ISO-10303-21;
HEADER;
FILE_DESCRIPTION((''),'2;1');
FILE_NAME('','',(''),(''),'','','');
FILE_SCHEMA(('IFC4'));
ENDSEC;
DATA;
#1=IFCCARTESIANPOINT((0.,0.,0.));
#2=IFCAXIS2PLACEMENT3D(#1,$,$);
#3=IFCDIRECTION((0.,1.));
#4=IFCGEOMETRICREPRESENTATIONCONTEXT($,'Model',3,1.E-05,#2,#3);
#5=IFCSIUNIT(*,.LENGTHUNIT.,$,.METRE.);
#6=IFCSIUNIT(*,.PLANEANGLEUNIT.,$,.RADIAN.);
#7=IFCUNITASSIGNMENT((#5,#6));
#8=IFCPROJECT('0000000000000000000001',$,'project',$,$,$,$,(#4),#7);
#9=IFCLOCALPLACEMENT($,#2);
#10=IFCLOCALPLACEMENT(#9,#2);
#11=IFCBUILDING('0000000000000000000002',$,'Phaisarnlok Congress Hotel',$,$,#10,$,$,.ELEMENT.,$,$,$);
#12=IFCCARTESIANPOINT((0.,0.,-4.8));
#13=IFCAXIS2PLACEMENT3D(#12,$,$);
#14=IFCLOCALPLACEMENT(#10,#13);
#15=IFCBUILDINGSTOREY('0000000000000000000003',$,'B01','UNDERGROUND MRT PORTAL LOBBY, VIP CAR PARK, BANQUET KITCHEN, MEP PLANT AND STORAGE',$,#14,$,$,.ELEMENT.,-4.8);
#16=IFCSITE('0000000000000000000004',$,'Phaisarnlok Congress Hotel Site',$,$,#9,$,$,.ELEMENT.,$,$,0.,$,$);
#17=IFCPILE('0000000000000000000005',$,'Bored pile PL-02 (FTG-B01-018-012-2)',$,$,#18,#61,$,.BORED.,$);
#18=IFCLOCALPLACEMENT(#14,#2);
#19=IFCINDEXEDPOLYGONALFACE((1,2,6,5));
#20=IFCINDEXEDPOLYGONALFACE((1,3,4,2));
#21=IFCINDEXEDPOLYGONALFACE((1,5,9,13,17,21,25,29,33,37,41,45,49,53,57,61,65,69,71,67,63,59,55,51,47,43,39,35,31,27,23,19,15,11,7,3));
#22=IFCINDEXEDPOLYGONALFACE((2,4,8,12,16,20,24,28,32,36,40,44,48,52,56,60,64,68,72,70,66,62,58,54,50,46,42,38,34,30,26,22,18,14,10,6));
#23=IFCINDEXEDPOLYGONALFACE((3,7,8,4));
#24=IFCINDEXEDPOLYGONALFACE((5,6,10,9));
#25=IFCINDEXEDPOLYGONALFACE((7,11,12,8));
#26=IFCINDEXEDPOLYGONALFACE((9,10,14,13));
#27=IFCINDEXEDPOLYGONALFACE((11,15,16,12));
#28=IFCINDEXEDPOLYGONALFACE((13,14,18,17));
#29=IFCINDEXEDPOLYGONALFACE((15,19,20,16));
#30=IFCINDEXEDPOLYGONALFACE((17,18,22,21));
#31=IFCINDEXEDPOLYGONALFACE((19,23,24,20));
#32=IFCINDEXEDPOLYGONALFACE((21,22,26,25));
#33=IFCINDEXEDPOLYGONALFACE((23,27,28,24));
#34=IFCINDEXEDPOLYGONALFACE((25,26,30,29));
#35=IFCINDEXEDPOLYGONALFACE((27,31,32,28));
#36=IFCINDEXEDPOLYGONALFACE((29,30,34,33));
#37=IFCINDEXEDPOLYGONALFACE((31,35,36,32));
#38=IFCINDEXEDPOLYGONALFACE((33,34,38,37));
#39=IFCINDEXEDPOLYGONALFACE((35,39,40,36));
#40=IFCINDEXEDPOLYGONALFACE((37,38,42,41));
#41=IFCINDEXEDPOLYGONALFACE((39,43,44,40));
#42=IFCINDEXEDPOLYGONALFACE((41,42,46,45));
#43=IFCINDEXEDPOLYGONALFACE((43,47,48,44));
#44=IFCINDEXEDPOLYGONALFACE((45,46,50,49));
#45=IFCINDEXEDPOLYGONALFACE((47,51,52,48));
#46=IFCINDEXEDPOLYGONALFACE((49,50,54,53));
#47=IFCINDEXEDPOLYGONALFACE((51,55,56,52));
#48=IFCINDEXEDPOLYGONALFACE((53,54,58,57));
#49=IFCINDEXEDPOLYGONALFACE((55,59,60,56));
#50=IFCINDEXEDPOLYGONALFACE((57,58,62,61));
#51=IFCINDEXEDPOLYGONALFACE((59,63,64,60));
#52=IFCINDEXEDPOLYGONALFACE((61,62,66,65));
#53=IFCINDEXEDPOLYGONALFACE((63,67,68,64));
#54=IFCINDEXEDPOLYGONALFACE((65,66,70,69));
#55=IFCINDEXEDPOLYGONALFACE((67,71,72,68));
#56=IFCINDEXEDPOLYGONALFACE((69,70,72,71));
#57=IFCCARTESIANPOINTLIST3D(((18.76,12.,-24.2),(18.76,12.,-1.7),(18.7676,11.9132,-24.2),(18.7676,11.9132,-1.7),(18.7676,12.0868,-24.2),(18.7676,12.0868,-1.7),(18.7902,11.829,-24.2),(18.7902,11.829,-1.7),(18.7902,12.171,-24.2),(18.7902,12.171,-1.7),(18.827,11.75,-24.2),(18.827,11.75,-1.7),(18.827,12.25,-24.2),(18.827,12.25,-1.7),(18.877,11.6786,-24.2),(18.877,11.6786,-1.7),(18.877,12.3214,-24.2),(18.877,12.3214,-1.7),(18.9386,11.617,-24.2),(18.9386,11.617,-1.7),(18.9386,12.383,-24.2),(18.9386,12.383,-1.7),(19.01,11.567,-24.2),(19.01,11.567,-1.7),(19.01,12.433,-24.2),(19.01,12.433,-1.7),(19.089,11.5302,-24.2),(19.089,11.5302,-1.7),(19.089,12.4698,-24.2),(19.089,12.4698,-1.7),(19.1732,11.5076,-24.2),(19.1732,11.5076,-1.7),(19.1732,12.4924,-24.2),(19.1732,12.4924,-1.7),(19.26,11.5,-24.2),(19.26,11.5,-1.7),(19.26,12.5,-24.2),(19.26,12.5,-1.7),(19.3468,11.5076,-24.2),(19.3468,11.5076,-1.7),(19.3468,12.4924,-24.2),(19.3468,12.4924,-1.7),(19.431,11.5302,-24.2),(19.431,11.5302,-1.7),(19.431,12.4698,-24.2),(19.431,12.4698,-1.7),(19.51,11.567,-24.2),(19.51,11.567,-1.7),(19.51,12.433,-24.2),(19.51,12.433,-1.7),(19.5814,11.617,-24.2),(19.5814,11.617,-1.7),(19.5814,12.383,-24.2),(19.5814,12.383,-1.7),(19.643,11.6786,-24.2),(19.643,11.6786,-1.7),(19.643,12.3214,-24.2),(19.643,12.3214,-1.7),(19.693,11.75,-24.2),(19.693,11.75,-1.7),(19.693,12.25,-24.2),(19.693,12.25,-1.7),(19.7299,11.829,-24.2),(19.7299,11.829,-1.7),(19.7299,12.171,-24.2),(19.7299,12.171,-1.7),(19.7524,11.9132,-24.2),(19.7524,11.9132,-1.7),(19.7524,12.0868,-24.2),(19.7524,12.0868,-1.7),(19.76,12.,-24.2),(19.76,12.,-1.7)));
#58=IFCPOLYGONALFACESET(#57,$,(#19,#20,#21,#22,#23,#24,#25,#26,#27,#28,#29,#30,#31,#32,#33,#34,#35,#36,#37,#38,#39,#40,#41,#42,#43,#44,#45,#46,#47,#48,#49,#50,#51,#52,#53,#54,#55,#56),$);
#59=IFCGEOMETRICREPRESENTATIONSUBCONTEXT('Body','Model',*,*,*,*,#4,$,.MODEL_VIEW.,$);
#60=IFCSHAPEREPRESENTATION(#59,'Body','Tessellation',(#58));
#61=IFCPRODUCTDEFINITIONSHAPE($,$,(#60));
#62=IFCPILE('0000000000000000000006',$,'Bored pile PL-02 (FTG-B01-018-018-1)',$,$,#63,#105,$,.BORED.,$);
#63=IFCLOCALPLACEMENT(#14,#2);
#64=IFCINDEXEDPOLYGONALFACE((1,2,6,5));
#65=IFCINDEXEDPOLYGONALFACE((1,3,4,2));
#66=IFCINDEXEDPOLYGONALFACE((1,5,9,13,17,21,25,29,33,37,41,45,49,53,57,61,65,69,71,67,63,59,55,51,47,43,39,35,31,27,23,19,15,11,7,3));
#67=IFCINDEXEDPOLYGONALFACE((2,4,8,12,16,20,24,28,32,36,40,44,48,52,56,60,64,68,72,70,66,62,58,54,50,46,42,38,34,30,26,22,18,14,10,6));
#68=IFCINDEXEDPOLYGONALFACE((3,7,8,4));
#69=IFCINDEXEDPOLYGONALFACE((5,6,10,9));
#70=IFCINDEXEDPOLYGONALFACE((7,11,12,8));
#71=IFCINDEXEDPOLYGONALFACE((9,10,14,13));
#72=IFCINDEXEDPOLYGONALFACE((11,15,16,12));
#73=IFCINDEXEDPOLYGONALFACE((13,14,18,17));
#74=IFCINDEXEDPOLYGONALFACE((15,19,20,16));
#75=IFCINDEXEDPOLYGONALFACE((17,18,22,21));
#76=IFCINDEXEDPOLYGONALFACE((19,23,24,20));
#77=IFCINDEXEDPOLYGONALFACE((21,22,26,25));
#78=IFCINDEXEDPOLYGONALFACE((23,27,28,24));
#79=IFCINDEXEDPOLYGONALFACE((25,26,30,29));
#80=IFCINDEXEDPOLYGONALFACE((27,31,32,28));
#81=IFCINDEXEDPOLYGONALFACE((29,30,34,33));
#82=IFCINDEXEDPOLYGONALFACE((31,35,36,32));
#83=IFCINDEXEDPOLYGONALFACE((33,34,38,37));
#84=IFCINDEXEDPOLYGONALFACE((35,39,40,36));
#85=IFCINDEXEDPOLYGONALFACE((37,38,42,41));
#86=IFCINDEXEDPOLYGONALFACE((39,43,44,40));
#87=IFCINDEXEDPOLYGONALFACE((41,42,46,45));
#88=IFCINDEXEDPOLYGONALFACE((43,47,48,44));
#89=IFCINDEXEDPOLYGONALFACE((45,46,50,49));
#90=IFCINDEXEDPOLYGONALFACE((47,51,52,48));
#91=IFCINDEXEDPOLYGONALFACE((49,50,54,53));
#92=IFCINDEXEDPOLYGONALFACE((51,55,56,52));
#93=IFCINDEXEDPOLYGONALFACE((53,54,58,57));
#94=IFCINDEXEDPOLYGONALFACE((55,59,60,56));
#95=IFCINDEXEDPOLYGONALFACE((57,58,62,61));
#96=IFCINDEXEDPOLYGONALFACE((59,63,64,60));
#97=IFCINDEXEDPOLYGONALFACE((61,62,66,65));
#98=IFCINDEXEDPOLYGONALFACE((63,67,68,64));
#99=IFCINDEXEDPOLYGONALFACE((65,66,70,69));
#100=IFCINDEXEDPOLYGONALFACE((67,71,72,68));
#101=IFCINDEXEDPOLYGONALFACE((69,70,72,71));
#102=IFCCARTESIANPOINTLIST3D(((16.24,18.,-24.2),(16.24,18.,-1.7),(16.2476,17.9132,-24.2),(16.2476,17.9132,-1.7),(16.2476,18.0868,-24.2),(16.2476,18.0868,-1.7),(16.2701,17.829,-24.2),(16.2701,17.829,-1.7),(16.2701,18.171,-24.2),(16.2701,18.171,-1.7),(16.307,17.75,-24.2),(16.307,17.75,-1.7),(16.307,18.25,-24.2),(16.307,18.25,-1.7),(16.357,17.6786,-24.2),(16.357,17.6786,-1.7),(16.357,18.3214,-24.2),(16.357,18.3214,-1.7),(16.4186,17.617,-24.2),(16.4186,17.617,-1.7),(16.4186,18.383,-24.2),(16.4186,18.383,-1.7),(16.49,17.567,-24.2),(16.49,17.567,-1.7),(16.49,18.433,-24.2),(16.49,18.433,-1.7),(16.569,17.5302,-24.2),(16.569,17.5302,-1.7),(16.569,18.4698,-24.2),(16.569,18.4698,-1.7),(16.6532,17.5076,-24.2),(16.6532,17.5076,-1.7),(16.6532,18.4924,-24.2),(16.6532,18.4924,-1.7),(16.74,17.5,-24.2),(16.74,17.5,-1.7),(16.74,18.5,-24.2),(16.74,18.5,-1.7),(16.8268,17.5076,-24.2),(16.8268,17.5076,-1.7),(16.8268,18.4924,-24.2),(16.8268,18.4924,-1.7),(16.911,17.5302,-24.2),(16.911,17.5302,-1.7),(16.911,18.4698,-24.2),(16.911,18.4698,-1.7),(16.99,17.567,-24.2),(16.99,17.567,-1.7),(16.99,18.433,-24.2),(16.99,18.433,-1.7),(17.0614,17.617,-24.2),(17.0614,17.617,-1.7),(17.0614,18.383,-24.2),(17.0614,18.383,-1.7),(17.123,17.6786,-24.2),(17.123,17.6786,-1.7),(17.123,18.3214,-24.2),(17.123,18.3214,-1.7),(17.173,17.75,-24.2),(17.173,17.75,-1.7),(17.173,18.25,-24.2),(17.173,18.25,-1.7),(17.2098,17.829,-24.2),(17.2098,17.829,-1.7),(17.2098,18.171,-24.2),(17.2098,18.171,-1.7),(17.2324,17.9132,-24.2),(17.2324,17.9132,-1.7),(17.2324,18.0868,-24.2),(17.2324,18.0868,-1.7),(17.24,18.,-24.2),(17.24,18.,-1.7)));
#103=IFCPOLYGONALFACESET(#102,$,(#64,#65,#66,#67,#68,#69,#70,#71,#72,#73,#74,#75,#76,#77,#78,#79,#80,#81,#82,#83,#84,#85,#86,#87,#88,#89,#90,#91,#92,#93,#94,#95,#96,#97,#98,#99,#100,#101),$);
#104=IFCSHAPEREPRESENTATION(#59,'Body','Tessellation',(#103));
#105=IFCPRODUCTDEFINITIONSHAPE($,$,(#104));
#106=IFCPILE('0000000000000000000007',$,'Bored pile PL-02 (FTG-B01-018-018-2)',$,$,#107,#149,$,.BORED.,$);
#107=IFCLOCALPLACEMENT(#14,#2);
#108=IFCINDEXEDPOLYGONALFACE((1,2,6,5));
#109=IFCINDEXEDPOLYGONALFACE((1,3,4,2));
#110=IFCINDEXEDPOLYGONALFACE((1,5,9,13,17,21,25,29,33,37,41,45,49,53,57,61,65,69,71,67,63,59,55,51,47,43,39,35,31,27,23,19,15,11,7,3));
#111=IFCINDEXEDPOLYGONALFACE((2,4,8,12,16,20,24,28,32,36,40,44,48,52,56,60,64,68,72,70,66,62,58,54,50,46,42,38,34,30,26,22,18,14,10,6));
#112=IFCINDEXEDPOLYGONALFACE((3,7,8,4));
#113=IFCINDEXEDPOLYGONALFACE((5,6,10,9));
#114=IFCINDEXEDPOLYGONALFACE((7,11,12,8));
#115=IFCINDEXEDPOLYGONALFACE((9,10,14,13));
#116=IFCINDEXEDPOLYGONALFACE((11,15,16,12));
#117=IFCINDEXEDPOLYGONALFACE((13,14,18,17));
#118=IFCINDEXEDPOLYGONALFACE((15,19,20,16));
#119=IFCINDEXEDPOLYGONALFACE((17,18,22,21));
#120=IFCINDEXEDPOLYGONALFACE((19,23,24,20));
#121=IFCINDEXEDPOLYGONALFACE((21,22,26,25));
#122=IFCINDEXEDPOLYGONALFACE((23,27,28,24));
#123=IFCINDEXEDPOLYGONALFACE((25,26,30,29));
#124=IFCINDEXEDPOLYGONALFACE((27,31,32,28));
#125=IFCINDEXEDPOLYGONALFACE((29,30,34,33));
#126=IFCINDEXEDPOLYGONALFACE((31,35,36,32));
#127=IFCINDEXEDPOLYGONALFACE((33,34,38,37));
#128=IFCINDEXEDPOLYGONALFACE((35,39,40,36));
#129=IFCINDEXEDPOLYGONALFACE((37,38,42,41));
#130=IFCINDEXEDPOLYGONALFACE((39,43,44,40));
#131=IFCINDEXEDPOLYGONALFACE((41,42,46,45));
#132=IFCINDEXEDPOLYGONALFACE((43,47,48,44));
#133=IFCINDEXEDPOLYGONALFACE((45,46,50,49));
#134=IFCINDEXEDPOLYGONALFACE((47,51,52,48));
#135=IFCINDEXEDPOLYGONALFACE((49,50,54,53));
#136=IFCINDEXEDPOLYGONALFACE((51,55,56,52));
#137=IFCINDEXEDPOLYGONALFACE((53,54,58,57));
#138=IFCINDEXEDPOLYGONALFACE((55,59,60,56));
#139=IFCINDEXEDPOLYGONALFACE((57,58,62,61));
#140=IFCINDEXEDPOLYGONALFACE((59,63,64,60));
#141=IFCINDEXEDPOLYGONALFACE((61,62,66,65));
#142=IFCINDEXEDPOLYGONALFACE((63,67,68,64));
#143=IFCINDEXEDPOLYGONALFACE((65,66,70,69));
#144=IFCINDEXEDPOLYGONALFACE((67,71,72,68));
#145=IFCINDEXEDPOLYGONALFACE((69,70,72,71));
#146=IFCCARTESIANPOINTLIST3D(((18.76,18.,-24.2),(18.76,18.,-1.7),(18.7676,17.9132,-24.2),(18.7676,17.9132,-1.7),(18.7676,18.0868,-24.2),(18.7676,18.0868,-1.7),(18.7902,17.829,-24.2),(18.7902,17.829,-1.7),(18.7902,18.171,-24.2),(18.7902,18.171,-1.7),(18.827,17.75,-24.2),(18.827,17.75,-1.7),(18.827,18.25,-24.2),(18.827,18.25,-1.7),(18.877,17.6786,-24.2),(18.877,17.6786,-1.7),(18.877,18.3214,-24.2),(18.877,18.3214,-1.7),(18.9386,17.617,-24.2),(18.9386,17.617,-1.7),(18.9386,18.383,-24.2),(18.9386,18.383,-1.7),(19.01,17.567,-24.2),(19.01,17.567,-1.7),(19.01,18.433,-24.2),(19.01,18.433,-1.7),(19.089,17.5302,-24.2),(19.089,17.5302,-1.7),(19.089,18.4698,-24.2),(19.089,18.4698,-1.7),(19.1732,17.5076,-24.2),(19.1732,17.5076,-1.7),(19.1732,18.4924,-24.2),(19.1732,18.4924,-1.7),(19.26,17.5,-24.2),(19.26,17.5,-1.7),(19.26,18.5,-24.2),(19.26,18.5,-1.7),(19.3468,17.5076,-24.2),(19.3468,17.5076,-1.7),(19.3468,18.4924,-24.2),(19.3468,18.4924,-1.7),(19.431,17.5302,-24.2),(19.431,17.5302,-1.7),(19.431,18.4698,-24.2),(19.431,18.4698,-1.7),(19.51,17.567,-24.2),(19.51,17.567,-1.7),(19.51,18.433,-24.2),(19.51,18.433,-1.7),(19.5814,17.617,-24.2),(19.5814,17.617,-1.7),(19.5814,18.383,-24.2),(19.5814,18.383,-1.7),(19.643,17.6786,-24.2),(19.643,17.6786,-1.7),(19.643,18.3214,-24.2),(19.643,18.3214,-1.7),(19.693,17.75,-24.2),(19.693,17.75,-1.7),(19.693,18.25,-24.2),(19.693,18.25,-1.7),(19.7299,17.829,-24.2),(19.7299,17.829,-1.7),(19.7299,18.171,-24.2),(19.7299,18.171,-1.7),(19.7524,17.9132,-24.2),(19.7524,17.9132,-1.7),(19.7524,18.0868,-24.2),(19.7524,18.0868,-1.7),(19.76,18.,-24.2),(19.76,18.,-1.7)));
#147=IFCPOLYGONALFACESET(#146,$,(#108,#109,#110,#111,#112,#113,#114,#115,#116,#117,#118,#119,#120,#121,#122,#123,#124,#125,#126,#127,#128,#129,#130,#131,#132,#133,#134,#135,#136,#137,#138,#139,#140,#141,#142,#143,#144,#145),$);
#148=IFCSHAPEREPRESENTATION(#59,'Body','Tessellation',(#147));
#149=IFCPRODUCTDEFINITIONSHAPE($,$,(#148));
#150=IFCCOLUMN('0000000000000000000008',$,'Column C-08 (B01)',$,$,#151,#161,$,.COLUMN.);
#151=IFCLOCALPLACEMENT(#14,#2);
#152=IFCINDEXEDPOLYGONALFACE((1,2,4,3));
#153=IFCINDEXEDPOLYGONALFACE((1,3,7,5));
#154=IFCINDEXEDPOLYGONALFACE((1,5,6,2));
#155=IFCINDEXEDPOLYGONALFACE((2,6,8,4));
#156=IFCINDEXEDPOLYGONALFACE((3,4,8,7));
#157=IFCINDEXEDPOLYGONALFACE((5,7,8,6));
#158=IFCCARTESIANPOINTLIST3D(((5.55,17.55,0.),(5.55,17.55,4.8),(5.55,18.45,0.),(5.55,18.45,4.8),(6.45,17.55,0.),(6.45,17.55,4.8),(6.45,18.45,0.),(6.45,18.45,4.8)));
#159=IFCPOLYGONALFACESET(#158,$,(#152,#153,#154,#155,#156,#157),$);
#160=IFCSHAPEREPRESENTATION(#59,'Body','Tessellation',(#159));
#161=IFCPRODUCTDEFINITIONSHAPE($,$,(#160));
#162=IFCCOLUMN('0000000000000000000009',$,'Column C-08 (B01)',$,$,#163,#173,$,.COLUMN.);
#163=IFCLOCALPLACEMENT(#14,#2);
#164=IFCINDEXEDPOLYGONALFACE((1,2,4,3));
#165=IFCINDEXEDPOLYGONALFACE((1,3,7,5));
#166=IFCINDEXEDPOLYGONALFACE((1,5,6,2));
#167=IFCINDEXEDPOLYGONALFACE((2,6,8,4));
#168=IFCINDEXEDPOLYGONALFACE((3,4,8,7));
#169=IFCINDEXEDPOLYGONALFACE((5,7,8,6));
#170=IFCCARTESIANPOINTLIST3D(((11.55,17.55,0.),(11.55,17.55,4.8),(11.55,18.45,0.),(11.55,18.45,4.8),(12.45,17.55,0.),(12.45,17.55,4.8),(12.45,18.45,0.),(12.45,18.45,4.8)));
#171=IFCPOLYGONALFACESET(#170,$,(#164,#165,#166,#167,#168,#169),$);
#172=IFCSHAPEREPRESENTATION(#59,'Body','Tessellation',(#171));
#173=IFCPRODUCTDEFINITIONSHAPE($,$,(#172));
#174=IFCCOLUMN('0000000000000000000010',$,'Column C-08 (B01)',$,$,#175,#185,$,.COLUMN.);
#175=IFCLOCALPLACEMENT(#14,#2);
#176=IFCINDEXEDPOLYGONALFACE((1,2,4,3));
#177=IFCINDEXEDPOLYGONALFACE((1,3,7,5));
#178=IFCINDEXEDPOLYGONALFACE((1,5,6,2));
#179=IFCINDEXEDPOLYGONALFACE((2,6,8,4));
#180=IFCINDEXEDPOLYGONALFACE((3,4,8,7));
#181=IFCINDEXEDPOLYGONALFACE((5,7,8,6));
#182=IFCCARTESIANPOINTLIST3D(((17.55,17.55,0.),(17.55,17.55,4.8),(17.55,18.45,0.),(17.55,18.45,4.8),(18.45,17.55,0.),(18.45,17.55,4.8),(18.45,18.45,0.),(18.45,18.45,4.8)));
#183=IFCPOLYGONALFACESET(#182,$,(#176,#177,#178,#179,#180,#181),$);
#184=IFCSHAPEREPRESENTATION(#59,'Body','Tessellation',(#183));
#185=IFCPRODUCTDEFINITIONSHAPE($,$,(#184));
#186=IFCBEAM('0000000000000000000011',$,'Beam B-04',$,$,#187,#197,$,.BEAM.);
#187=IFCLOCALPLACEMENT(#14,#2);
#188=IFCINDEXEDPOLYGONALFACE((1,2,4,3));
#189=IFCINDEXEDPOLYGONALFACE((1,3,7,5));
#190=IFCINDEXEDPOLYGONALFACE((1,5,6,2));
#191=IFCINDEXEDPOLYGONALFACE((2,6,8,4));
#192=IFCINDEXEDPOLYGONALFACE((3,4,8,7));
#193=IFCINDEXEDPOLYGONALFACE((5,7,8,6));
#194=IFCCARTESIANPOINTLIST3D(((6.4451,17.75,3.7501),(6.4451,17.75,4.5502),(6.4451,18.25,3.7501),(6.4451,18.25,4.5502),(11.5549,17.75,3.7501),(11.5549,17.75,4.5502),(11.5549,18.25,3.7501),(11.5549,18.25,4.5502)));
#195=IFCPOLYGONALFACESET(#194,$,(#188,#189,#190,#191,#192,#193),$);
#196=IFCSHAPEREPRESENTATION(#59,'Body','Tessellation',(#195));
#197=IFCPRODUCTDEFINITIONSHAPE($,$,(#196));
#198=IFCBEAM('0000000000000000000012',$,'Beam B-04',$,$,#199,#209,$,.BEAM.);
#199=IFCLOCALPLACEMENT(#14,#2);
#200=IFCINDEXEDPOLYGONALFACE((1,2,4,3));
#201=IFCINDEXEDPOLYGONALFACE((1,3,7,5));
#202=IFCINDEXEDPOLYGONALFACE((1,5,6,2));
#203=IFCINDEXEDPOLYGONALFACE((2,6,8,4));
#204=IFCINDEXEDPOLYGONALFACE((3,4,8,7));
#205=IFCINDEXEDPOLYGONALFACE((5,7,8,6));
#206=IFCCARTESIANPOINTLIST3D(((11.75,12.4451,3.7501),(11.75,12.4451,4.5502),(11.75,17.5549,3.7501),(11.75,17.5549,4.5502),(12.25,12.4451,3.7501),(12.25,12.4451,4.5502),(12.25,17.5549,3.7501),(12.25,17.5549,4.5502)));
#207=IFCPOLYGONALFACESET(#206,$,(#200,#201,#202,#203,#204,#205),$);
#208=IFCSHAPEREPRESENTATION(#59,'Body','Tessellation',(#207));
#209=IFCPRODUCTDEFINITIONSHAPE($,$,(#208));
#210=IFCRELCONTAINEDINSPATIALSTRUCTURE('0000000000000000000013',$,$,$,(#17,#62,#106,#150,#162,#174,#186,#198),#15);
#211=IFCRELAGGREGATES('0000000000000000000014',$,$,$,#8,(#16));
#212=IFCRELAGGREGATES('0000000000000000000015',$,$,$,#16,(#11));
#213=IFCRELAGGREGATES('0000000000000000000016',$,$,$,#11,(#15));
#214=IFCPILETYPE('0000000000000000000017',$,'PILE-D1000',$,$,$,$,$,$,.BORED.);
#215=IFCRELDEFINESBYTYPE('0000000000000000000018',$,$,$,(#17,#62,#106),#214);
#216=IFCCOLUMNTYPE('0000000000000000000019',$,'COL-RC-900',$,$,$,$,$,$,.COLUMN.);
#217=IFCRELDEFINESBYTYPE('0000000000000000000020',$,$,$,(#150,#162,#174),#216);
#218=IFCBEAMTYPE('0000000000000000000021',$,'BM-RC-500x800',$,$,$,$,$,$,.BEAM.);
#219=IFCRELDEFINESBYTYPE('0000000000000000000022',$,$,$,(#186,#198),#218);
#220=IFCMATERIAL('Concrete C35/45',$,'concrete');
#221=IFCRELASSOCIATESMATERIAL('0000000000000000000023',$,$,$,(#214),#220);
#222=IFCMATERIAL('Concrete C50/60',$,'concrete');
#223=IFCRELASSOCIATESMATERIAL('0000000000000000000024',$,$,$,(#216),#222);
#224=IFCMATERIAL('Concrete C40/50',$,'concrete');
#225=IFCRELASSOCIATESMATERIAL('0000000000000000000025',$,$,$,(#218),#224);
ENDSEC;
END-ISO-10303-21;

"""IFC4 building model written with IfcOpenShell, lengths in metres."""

from ifc_helpers import new_model, si_unit, direction, frame, origin, origin_2d, place, context, subcontext, project, spatial, rectangle, circle, extrude, material, material_profile, profile_set, type_object, element, save


model = new_model("IFC4")

# Units and contexts
model_context = context("Model", 3, precision=1e-05, world=origin(), true_north=direction((0.0, 1.0)))
body_context = subcontext(model_context, "Body", "Model", "MODEL_VIEW")
ifc_project = project(units=[si_unit("LENGTHUNIT", "METRE"), si_unit("PLANEANGLEUNIT", "RADIAN")], contexts=[model_context])

# Site, building, storey
site_placement = place(None, origin())
site = spatial("IfcSite", under=ifc_project, at=site_placement, Name="Phaisarnlok Congress Hotel Site", CompositionType="ELEMENT", RefElevation=0.0)
building_placement = place(site_placement, origin())
building = spatial("IfcBuilding", under=site, at=building_placement, Name="Phaisarnlok Congress Hotel", CompositionType="ELEMENT")
storey_placement = place(building_placement, frame((0.0, 0.0, -4.8)))
storey = spatial("IfcBuildingStorey", under=building, at=storey_placement, Name="B01", Description="UNDERGROUND MRT PORTAL LOBBY, VIP CAR PARK, BANQUET KITCHEN, MEP PLANT AND STORAGE", CompositionType="ELEMENT", Elevation=-4.8)

# Shared definitions
ifc_material_1 = material(Name="Concrete C40/50", Category="concrete")

# Piles
ifc_material_2 = material(Name="Concrete C35/45", Category="concrete")
ifc_material_profile_1 = material_profile(ifc_material_2, circle(Radius=0.5, at=origin_2d()), Name="BORED PILE D1000")
ifc_profile_set_1 = profile_set([ifc_material_profile_1], Name="Concrete C35/45")
pile_type = type_object("IfcPileType", Name="PILE-D1000", PredefinedType="BORED", material=ifc_profile_set_1)
for number, where, z_axis, x_axis, name in (
    (1, (19.26, 12.0, -1.7), (0.0, 0.0, -1.0), (1.0, 0.0, 0.0), "Bored pile PL-02 (FTG-B01-018-012-2)"),
    (2, (16.74, 18.0, -1.7), (0.0, 0.0, -1.0), (1.0, 0.0, 0.0), "Bored pile PL-02 (FTG-B01-018-018-1)"),
    (3, (19.26, 18.0, -1.7), (0.0, 0.0, -1.0), (1.0, 0.0, 0.0), "Bored pile PL-02 (FTG-B01-018-018-2)"),
):
    element("IfcPile", number, at=place(storey_placement, frame(where, z_axis=z_axis, x_axis=x_axis)), inside=storey, type_object=pile_type, Name=name, PredefinedType="BORED", context=body_context, shape_type="SweptSolid", body=[
        extrude(circle(Radius=0.5, at=origin_2d()), origin(), (0.0, 0.0, 1.0), 22.5),
    ])

# Columns
ifc_material_3 = material(Name="Concrete C50/60", Category="concrete")
ifc_material_profile_2 = material_profile(ifc_material_3, rectangle(XDim=0.8999, YDim=0.8999, at=origin_2d()), Name="RC 900x900")
ifc_profile_set_2 = profile_set([ifc_material_profile_2], Name="Concrete C50/60")
column_type = type_object("IfcColumnType", Name="COL-RC-900", PredefinedType="COLUMN", material=ifc_profile_set_2)
for number, where, z_axis, x_axis, name in (
    (4, (6.0, 18.0, 0.0), (0.0, 0.0, 1.0), (1.0, 0.0, 0.0), "Column C-08 (B01)"),
    (5, (12.0, 18.0, 0.0), (0.0, 0.0, 1.0), (1.0, 0.0, 0.0), "Column C-08 (B01)"),
    (6, (18.0, 18.0, 0.0), (0.0, 0.0, 1.0), (1.0, 0.0, 0.0), "Column C-08 (B01)"),
):
    element("IfcColumn", number, at=place(storey_placement, frame(where, z_axis=z_axis, x_axis=x_axis)), inside=storey, type_object=column_type, Name=name, PredefinedType="COLUMN", context=body_context, shape_type="SweptSolid", body=[
        extrude(rectangle(XDim=0.8999, YDim=0.8999, at=origin_2d()), origin(), (0.0, 0.0, 1.0), 4.8),
    ])

# Beams
ifc_material_profile_3 = material_profile(ifc_material_1, rectangle(XDim=0.5, YDim=0.8, at=origin_2d()), Name="RC 500x800")
ifc_profile_set_3 = profile_set([ifc_material_profile_3], Name="Concrete C40/50")
beam_type_1 = type_object("IfcBeamType", Name="BM-RC-500x800", PredefinedType="BEAM", material=ifc_profile_set_3)
for number, where, z_axis, x_axis, name in (
    (7, (6.4451, 18.0, 4.1501), (1.0, 0.0, 0.0), (0.0, 1.0, 0.0), "Beam B-04"),
    (8, (12.0, 12.4451, 4.1501), (0.0, 1.0, 0.0), (-1.0, 0.0, 0.0), "Beam B-04"),
):
    element("IfcBeam", number, at=place(storey_placement, frame(where, z_axis=z_axis, x_axis=x_axis)), inside=storey, type_object=beam_type_1, Name=name, PredefinedType="BEAM", context=body_context, shape_type="SweptSolid", body=[
        extrude(rectangle(XDim=0.5, YDim=0.8, at=origin_2d()), origin(), (0.0, 0.0, 1.0), 5.1099),
    ])

save(model, "model.ifc")
